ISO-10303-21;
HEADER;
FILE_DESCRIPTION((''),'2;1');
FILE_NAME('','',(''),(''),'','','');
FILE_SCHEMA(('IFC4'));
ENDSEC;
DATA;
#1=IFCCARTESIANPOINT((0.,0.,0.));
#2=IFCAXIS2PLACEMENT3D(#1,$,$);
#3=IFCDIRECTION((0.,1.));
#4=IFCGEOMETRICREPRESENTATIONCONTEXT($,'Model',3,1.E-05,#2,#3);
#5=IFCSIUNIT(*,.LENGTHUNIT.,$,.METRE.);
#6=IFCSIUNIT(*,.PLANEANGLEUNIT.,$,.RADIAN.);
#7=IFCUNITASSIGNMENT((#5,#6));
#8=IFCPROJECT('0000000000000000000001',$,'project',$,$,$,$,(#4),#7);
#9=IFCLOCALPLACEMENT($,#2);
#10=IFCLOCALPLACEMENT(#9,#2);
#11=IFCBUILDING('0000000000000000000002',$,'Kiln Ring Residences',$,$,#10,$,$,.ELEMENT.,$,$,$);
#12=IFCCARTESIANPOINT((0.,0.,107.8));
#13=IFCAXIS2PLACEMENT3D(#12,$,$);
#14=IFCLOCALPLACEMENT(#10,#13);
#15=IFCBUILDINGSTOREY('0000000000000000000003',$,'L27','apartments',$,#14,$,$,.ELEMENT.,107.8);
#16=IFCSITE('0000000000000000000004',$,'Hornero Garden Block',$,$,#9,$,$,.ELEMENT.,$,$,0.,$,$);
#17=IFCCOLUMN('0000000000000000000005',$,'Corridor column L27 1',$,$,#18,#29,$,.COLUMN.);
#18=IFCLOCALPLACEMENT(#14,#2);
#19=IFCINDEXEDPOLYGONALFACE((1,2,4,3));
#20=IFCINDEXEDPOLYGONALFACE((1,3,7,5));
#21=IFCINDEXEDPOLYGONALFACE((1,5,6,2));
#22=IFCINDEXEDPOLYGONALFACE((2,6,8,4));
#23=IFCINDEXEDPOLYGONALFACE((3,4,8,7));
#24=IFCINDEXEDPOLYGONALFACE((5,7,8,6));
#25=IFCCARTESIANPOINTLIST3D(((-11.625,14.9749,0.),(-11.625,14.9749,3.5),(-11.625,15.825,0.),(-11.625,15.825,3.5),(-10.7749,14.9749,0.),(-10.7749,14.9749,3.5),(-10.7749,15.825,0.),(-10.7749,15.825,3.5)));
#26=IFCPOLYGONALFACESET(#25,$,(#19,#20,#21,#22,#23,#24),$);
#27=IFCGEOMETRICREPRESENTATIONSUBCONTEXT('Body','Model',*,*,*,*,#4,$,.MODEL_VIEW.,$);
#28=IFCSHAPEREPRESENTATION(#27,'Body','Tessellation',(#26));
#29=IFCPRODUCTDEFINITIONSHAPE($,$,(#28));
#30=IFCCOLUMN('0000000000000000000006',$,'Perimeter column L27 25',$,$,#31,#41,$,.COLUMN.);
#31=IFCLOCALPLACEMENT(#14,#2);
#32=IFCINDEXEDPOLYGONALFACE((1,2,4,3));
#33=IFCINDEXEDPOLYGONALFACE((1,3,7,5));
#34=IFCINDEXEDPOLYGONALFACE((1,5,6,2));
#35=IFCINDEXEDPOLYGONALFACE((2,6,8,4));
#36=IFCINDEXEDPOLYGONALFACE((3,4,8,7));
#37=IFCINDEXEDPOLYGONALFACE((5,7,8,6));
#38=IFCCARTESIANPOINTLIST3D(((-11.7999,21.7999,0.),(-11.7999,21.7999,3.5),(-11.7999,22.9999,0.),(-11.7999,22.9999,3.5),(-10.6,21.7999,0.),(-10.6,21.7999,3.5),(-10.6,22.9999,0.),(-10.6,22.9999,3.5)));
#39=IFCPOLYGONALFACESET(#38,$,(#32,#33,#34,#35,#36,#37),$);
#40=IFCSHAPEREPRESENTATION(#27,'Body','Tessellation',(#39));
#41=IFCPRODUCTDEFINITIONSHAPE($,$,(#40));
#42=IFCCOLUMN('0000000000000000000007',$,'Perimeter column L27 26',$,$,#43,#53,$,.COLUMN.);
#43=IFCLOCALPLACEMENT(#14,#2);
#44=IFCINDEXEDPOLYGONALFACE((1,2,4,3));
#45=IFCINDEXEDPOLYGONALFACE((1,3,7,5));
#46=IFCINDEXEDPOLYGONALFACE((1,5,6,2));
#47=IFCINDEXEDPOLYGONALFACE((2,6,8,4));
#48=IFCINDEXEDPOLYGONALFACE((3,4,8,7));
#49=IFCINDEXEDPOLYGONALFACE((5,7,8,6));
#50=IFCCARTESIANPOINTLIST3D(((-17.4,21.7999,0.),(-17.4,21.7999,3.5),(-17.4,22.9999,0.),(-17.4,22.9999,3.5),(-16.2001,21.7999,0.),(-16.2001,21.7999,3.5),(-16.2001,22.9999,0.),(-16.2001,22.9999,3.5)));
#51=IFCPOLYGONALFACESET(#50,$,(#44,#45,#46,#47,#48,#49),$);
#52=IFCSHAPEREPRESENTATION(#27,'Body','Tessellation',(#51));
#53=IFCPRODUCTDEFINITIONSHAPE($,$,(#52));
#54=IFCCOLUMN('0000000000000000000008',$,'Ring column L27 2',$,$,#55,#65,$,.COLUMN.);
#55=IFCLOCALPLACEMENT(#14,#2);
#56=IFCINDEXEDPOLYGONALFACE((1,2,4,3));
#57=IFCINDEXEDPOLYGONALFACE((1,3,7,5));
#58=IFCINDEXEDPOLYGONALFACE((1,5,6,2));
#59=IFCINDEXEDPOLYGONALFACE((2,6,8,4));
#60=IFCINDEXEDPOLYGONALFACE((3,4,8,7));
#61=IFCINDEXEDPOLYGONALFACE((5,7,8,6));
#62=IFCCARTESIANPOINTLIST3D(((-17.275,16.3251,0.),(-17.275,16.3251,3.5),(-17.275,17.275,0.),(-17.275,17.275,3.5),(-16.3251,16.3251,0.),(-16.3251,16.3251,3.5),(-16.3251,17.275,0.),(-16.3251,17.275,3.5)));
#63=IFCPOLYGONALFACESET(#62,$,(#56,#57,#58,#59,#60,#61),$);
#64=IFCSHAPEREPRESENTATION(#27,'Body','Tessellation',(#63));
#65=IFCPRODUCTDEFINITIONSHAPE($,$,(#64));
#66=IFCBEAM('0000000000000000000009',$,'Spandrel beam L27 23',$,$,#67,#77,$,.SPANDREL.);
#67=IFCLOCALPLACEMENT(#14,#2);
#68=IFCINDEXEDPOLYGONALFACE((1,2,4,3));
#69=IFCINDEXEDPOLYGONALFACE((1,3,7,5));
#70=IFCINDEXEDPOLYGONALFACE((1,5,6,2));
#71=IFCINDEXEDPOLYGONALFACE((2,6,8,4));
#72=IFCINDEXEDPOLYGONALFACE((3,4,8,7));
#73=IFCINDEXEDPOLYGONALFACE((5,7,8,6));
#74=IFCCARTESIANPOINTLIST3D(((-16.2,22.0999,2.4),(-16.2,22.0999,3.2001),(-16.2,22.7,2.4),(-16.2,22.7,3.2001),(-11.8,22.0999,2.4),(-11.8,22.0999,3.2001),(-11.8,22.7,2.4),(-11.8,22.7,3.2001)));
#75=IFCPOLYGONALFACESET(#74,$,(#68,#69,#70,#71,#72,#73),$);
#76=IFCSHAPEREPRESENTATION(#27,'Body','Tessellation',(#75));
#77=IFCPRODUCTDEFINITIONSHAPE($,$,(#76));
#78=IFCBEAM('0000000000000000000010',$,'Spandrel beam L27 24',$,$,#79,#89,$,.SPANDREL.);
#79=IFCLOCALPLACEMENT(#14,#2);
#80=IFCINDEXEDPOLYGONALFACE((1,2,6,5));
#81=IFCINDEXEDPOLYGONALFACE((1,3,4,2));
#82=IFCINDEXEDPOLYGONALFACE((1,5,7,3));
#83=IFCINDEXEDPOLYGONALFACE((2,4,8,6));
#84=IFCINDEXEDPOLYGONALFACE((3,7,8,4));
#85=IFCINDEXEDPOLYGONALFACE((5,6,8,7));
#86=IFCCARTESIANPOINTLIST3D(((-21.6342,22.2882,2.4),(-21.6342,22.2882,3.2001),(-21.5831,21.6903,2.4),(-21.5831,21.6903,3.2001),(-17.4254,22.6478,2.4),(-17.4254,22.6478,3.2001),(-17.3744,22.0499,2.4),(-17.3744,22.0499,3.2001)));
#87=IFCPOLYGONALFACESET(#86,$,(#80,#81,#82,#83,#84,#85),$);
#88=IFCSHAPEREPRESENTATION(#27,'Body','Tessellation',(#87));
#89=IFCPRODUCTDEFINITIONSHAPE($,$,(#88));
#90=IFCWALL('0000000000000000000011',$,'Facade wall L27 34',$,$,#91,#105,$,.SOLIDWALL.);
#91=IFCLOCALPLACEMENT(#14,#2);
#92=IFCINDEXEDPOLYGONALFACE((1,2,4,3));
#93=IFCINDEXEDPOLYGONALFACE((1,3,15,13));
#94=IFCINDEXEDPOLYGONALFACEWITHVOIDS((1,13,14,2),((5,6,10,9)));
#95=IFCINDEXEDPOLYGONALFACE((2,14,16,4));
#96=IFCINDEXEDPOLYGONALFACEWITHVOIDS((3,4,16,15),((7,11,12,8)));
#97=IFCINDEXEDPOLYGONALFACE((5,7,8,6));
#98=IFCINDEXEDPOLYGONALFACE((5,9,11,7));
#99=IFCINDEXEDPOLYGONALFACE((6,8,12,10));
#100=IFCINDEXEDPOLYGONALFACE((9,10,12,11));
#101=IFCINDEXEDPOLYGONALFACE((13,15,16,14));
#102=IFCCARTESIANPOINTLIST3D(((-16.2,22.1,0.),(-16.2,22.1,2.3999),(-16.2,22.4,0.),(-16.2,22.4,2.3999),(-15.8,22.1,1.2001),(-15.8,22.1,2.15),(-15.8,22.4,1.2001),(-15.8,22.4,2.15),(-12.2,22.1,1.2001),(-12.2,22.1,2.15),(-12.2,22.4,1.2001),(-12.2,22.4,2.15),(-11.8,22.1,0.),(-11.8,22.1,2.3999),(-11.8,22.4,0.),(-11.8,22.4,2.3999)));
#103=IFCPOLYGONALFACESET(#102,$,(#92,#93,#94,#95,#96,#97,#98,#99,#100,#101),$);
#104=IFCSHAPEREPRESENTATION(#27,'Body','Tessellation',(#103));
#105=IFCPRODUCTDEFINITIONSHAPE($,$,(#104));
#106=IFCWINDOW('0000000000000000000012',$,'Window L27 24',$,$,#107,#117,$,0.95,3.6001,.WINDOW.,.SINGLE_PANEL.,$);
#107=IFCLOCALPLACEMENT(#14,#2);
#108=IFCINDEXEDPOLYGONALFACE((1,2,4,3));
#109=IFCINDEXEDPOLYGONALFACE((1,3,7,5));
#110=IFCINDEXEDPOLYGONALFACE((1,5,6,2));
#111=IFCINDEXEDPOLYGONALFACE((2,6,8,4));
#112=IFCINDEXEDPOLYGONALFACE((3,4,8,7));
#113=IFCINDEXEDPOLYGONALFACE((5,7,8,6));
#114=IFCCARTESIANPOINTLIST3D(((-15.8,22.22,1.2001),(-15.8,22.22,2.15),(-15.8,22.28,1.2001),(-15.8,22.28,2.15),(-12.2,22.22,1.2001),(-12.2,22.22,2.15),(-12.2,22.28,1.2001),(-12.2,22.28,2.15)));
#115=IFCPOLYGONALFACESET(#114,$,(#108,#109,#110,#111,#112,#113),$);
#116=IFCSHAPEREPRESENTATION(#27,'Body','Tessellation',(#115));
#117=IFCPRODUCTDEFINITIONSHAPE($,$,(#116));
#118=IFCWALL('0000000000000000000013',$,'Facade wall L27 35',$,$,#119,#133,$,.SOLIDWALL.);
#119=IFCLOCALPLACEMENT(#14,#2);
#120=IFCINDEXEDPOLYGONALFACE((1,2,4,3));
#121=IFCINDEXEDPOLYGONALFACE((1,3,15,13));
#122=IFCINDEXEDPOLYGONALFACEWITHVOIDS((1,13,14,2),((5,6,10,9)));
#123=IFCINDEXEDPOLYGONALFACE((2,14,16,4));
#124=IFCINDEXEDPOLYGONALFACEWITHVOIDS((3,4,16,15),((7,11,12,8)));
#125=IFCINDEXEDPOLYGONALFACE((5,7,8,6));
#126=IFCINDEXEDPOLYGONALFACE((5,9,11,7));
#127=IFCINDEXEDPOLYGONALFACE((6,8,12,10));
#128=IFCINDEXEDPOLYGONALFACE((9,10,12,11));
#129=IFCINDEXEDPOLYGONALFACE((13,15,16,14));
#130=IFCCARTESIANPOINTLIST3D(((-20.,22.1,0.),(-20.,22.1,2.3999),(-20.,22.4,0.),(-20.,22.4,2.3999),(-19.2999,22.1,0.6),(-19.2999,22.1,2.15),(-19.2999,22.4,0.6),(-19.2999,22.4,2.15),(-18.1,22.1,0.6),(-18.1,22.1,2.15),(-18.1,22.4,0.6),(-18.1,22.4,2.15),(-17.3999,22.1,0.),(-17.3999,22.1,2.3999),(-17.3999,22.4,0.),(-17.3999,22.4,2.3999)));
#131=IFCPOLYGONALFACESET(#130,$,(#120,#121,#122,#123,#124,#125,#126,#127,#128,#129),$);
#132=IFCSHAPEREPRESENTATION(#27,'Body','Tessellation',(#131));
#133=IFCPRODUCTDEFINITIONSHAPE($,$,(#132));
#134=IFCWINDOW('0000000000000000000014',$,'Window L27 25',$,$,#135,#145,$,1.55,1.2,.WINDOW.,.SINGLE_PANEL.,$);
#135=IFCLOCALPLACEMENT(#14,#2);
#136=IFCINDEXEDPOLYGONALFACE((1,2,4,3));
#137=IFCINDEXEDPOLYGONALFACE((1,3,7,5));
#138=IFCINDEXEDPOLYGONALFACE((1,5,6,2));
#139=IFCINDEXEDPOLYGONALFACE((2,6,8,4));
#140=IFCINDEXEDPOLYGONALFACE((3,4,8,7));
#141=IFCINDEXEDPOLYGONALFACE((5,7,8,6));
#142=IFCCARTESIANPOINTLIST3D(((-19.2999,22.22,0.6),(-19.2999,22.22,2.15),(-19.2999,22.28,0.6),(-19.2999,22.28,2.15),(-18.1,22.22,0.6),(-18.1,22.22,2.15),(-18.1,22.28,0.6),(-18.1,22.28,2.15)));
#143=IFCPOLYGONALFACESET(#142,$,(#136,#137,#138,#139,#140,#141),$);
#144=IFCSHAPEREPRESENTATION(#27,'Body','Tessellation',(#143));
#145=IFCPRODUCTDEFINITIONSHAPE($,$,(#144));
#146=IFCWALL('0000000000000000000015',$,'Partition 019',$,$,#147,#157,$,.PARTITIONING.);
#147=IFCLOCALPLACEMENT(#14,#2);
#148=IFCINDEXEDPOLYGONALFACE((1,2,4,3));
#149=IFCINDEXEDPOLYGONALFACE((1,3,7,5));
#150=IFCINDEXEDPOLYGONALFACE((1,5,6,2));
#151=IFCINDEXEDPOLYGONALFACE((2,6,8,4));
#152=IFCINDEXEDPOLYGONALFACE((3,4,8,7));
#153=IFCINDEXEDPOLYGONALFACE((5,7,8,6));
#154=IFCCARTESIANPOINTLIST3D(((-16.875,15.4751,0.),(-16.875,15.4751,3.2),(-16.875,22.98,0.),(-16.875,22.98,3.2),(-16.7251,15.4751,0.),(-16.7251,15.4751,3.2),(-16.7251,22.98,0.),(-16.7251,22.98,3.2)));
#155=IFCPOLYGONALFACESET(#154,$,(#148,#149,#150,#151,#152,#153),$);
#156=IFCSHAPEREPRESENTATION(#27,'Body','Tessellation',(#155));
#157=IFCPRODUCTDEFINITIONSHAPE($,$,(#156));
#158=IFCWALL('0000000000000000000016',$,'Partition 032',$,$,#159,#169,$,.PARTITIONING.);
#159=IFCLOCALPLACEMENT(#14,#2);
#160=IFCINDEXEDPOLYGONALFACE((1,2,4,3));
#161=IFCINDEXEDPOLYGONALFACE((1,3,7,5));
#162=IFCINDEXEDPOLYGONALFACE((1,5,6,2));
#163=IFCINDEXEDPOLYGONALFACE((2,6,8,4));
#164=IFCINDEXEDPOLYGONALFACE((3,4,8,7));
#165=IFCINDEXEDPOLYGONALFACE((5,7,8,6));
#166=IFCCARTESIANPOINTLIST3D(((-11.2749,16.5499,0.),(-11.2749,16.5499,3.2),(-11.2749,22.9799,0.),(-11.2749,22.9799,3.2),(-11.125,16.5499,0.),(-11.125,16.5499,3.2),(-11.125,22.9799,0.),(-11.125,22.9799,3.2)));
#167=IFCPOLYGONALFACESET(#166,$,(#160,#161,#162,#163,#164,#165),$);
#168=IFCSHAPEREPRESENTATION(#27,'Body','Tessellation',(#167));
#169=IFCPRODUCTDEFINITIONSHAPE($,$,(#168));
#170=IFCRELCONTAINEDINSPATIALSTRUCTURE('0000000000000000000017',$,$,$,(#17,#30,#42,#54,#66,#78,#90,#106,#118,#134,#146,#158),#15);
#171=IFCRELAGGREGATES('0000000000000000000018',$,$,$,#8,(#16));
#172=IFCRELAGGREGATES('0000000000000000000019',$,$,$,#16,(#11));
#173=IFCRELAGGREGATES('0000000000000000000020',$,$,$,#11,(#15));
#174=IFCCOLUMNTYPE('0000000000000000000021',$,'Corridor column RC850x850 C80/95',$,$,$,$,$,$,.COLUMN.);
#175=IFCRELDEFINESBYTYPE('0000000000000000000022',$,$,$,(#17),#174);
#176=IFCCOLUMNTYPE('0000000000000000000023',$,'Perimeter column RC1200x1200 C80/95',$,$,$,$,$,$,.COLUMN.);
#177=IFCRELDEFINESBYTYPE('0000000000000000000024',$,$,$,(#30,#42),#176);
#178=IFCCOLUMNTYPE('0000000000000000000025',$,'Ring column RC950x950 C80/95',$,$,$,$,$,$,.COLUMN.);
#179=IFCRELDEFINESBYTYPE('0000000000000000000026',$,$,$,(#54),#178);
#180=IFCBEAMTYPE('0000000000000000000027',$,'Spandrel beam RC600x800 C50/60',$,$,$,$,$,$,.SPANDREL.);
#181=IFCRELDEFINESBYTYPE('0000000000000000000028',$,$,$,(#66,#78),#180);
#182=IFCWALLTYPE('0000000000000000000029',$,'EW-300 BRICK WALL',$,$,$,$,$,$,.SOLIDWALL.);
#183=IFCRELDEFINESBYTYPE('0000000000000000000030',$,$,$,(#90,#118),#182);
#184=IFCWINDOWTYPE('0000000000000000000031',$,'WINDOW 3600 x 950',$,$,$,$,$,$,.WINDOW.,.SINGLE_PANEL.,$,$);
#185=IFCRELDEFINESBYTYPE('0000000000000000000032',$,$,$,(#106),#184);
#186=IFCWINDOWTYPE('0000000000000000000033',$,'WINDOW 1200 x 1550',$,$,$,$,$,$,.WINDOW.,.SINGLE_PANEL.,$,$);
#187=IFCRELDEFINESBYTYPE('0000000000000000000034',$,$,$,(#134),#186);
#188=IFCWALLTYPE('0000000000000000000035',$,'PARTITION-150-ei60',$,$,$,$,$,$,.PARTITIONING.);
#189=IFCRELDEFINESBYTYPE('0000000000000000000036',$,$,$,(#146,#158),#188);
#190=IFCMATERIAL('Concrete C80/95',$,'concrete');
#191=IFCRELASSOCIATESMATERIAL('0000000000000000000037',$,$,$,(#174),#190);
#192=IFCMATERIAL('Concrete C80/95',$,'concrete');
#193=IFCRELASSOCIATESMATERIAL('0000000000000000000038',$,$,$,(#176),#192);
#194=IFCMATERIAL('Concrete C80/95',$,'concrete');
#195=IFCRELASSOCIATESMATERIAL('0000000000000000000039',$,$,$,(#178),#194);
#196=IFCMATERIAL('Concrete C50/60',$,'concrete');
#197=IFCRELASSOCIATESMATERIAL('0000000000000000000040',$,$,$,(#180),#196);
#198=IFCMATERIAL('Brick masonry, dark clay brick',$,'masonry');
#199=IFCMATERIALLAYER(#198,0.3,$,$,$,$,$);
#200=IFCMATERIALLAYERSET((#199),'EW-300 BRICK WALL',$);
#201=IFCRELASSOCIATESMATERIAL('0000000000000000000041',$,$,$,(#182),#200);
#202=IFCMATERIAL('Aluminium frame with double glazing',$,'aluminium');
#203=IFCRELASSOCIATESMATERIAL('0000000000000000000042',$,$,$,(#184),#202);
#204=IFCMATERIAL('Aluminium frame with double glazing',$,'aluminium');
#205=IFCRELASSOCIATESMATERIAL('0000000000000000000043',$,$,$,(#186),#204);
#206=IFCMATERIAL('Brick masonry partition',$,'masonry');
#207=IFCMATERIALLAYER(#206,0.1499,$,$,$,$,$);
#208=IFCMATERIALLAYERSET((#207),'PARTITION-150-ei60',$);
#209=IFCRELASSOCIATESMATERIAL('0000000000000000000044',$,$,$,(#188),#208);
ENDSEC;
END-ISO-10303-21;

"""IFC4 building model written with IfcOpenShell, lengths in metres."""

from ifc_helpers import new_model, si_unit, direction, frame, frame_2d, origin, origin_2d, place, context, subcontext, project, spatial, rectangle, extrude, material, layer, layer_set, material_profile, profile_set, type_object, element, fill, save


model = new_model("IFC4")

# Units and contexts
model_context = context("Model", 3, precision=1e-05, world=origin(), true_north=direction((0.0, 1.0)))
body_context = subcontext(model_context, "Body", "Model", "MODEL_VIEW")
ifc_project = project(units=[si_unit("LENGTHUNIT", "METRE"), si_unit("PLANEANGLEUNIT", "RADIAN")], contexts=[model_context])

# Site, building, storey
site_placement = place(None, origin())
site = spatial("IfcSite", under=ifc_project, at=site_placement, Name="Hornero Garden Block", CompositionType="ELEMENT", RefElevation=0.0)
building_placement = place(site_placement, origin())
building = spatial("IfcBuilding", under=site, at=building_placement, Name="Kiln Ring Residences", CompositionType="ELEMENT")
storey_placement = place(building_placement, frame((0.0, 0.0, 107.8)))
storey = spatial("IfcBuildingStorey", under=building, at=storey_placement, Name="L27", Description="apartments", CompositionType="ELEMENT", Elevation=107.8)

# Columns
ifc_material_1 = material(Name="Concrete C80/95", Category="concrete")
ifc_material_profile_1 = material_profile(ifc_material_1, rectangle(XDim=0.8501, YDim=0.8501, at=origin_2d()), Name="RC850x850")
ifc_profile_set_1 = profile_set([ifc_material_profile_1], Name="Concrete C80/95")
column_type_1 = type_object("IfcColumnType", Name="Corridor column RC850x850 C80/95", PredefinedType="COLUMN", material=ifc_profile_set_1)
column_1_placement = place(storey_placement, frame((-11.2, 15.3999, 0.0), z_axis=(0.0, 0.0, 1.0), x_axis=(1.0, 0.0, 0.0)))
element("IfcColumn", 1, at=column_1_placement, inside=storey, type_object=column_type_1, Name="Corridor column L27 1", PredefinedType="COLUMN", context=body_context, shape_type="SweptSolid", body=[
    extrude(rectangle(XDim=0.8501, YDim=0.8501, at=origin_2d()), origin(), (0.0, 0.0, 1.0), 3.5),
])
ifc_material_2 = material(Name="Concrete C80/95", Category="concrete")
ifc_material_profile_2 = material_profile(ifc_material_2, rectangle(XDim=1.2, YDim=1.2, at=origin_2d()), Name="RC1200x1200")
ifc_profile_set_2 = profile_set([ifc_material_profile_2], Name="Concrete C80/95")
column_type_2 = type_object("IfcColumnType", Name="Perimeter column RC1200x1200 C80/95", PredefinedType="COLUMN", material=ifc_profile_set_2)
for number, where, z_axis, x_axis, name in (
    (2, (-11.2, 22.3999, 0.0), (0.0, 0.0, 1.0), (1.0, 0.0, 0.0), "Perimeter column L27 25"),
    (3, (-16.8, 22.3999, 0.0), (0.0, 0.0, 1.0), (1.0, 0.0, 0.0), "Perimeter column L27 26"),
):
    element("IfcColumn", number, at=place(storey_placement, frame(where, z_axis=z_axis, x_axis=x_axis)), inside=storey, type_object=column_type_2, Name=name, PredefinedType="COLUMN", context=body_context, shape_type="SweptSolid", body=[
        extrude(rectangle(XDim=1.2, YDim=1.2, at=origin_2d()), origin(), (0.0, 0.0, 1.0), 3.5),
    ])
ifc_material_3 = material(Name="Concrete C80/95", Category="concrete")
ifc_material_profile_3 = material_profile(ifc_material_3, rectangle(XDim=0.95, YDim=0.95, at=origin_2d()), Name="RC950x950")
ifc_profile_set_3 = profile_set([ifc_material_profile_3], Name="Concrete C80/95")
column_type_3 = type_object("IfcColumnType", Name="Ring column RC950x950 C80/95", PredefinedType="COLUMN", material=ifc_profile_set_3)
column_2_placement = place(storey_placement, frame((-16.8, 16.8, 0.0), z_axis=(0.0, 0.0, 1.0), x_axis=(1.0, 0.0, 0.0)))
element("IfcColumn", 4, at=column_2_placement, inside=storey, type_object=column_type_3, Name="Ring column L27 2", PredefinedType="COLUMN", context=body_context, shape_type="SweptSolid", body=[
    extrude(rectangle(XDim=0.95, YDim=0.95, at=origin_2d()), origin(), (0.0, 0.0, 1.0), 3.5),
])

# Beams
ifc_material_4 = material(Name="Concrete C50/60", Category="concrete")
ifc_material_profile_4 = material_profile(ifc_material_4, rectangle(XDim=0.6001, YDim=0.8, at=origin_2d()), Name="RC600x800")
ifc_profile_set_4 = profile_set([ifc_material_profile_4], Name="Concrete C50/60")
beam_type = type_object("IfcBeamType", Name="Spandrel beam RC600x800 C50/60", PredefinedType="SPANDREL", material=ifc_profile_set_4)
beam_1_placement = place(storey_placement, frame((-11.8, 22.3999, 2.8), z_axis=(-1.0, 0.0, 0.0), x_axis=(0.0, -1.0, 0.0)))
element("IfcBeam", 5, at=beam_1_placement, inside=storey, type_object=beam_type, Name="Spandrel beam L27 23", PredefinedType="SPANDREL", context=body_context, shape_type="SweptSolid", body=[
    extrude(rectangle(XDim=0.6001, YDim=0.8, at=origin_2d()), origin(), (0.0, 0.0, 1.0), 4.3999),
])
beam_2_placement = place(storey_placement, frame((-17.3999, 22.3489, 2.8), z_axis=(-0.996369, -0.085136, 0.0), x_axis=(0.085136, -0.996369, 0.0)))
element("IfcBeam", 6, at=beam_2_placement, inside=storey, type_object=beam_type, Name="Spandrel beam L27 24", PredefinedType="SPANDREL", context=body_context, shape_type="SweptSolid", body=[
    extrude(rectangle(XDim=0.6001, YDim=0.8, at=origin_2d()), origin(), (0.0, 0.0, 1.0), 4.2241),
])

# Walls, openings, windows
ifc_material_5 = material(Name="Brick masonry, dark clay brick", Category="masonry")
ifc_layer_1 = layer(ifc_material_5, 0.3)
ifc_layer_set_1 = layer_set([ifc_layer_1], Name="EW-300 BRICK WALL")
wall_type_1 = type_object("IfcWallType", Name="EW-300 BRICK WALL", PredefinedType="SOLIDWALL", material=ifc_layer_set_1)
wall_1_placement = place(storey_placement, frame((-11.8, 22.25, 0.0), z_axis=(0.0, 0.0, 1.0), x_axis=(-1.0, 0.0, 0.0)))
wall_1 = element("IfcWall", 7, at=wall_1_placement, inside=storey, type_object=wall_type_1, Name="Facade wall L27 34", PredefinedType="SOLIDWALL", context=body_context, shape_type="SweptSolid", body=[
    extrude(rectangle(XDim=4.3999, YDim=0.3, at=frame_2d((2.2, 0.0))), origin(), (0.0, 0.0, 1.0), 2.3999),
])
opening_1_placement = place(wall_1_placement, frame((0.3999, 0.0, 1.2)))
opening_1 = element("IfcOpeningElement", 8, at=opening_1_placement, cuts=wall_1, PredefinedType="OPENING", context=body_context, shape_type="SweptSolid", body=[
    extrude(rectangle(XDim=3.6001, YDim=0.95, at=frame_2d((1.8, 0.4751))), frame((0.0, 0.1599, 0.0), z_axis=(0.0, -1.0, 0.0), x_axis=(1.0, 0.0, 0.0)), (0.0, 0.0, 1.0), 0.3201),
])
ifc_material_6 = material(Name="Aluminium frame with double glazing", Category="aluminium")
window_type_1 = type_object("IfcWindowType", Name="WINDOW 3600 x 950", PartitioningType="SINGLE_PANEL", PredefinedType="WINDOW", material=ifc_material_6)
window_1_placement = place(opening_1_placement, origin())
window_1 = element("IfcWindow", 9, at=window_1_placement, inside=storey, type_object=window_type_1, Name="Window L27 24", OverallHeight=0.95, OverallWidth=3.6001, PartitioningType="SINGLE_PANEL", PredefinedType="WINDOW", context=body_context, shape_type="SweptSolid", body=[
    extrude(rectangle(XDim=3.6001, YDim=0.95, at=frame_2d((1.8, 0.4751))), frame((0.0, 0.03, 0.0), z_axis=(0.0, -1.0, 0.0), x_axis=(1.0, 0.0, 0.0)), (0.0, 0.0, 1.0), 0.0601),
])
fill(opening_1, window_1)
wall_2_placement = place(storey_placement, frame((-17.3999, 22.25, 0.0), z_axis=(0.0, 0.0, 1.0), x_axis=(-1.0, 0.0, 0.0)))
wall_2 = element("IfcWall", 10, at=wall_2_placement, inside=storey, type_object=wall_type_1, Name="Facade wall L27 35", PredefinedType="SOLIDWALL", context=body_context, shape_type="SweptSolid", body=[
    extrude(rectangle(XDim=2.6001, YDim=0.3, at=frame_2d((1.3, 0.0))), origin(), (0.0, 0.0, 1.0), 2.3999),
])
opening_2_placement = place(wall_2_placement, frame((0.7, 0.0, 0.6001)))
opening_2 = element("IfcOpeningElement", 11, at=opening_2_placement, cuts=wall_2, PredefinedType="OPENING", context=body_context, shape_type="SweptSolid", body=[
    extrude(rectangle(XDim=1.2, YDim=1.55, at=frame_2d((0.6001, 0.7749))), frame((0.0, 0.1599, 0.0), z_axis=(0.0, -1.0, 0.0), x_axis=(1.0, 0.0, 0.0)), (0.0, 0.0, 1.0), 0.3201),
])
ifc_material_7 = material(Name="Aluminium frame with double glazing", Category="aluminium")
window_type_2 = type_object("IfcWindowType", Name="WINDOW 1200 x 1550", PartitioningType="SINGLE_PANEL", PredefinedType="WINDOW", material=ifc_material_7)
window_2_placement = place(opening_2_placement, origin())
window_2 = element("IfcWindow", 12, at=window_2_placement, inside=storey, type_object=window_type_2, Name="Window L27 25", OverallHeight=1.55, OverallWidth=1.2, PartitioningType="SINGLE_PANEL", PredefinedType="WINDOW", context=body_context, shape_type="SweptSolid", body=[
    extrude(rectangle(XDim=1.2, YDim=1.55, at=frame_2d((0.6001, 0.7749))), frame((0.0, 0.03, 0.0), z_axis=(0.0, -1.0, 0.0), x_axis=(1.0, 0.0, 0.0)), (0.0, 0.0, 1.0), 0.0601),
])
fill(opening_2, window_2)

# Walls
ifc_material_8 = material(Name="Brick masonry partition", Category="masonry")
ifc_layer_2 = layer(ifc_material_8, 0.1499)
ifc_layer_set_2 = layer_set([ifc_layer_2], Name="PARTITION-150-ei60")
wall_type_2 = type_object("IfcWallType", Name="PARTITION-150-ei60", PredefinedType="PARTITIONING", material=ifc_layer_set_2)
wall_3_placement = place(storey_placement, frame((-16.8, 15.4751, 0.0), z_axis=(0.0, 0.0, 1.0), x_axis=(0.0, 1.0, 0.0)))
element("IfcWall", 13, at=wall_3_placement, inside=storey, type_object=wall_type_2, Name="Partition 019", PredefinedType="PARTITIONING", context=body_context, shape_type="SweptSolid", body=[
    extrude(rectangle(XDim=7.5049, YDim=0.1499, at=frame_2d((3.7524, 0.0))), origin(), (0.0, 0.0, 1.0), 3.2),
])
wall_4_placement = place(storey_placement, frame((-11.2, 16.55, 0.0), z_axis=(0.0, 0.0, 1.0), x_axis=(0.0, 1.0, 0.0)))
element("IfcWall", 14, at=wall_4_placement, inside=storey, type_object=wall_type_2, Name="Partition 032", PredefinedType="PARTITIONING", context=body_context, shape_type="SweptSolid", body=[
    extrude(rectangle(XDim=6.4299, YDim=0.1499, at=frame_2d((3.2148, 0.0))), origin(), (0.0, 0.0, 1.0), 3.2),
])

save(model, "model.ifc")
